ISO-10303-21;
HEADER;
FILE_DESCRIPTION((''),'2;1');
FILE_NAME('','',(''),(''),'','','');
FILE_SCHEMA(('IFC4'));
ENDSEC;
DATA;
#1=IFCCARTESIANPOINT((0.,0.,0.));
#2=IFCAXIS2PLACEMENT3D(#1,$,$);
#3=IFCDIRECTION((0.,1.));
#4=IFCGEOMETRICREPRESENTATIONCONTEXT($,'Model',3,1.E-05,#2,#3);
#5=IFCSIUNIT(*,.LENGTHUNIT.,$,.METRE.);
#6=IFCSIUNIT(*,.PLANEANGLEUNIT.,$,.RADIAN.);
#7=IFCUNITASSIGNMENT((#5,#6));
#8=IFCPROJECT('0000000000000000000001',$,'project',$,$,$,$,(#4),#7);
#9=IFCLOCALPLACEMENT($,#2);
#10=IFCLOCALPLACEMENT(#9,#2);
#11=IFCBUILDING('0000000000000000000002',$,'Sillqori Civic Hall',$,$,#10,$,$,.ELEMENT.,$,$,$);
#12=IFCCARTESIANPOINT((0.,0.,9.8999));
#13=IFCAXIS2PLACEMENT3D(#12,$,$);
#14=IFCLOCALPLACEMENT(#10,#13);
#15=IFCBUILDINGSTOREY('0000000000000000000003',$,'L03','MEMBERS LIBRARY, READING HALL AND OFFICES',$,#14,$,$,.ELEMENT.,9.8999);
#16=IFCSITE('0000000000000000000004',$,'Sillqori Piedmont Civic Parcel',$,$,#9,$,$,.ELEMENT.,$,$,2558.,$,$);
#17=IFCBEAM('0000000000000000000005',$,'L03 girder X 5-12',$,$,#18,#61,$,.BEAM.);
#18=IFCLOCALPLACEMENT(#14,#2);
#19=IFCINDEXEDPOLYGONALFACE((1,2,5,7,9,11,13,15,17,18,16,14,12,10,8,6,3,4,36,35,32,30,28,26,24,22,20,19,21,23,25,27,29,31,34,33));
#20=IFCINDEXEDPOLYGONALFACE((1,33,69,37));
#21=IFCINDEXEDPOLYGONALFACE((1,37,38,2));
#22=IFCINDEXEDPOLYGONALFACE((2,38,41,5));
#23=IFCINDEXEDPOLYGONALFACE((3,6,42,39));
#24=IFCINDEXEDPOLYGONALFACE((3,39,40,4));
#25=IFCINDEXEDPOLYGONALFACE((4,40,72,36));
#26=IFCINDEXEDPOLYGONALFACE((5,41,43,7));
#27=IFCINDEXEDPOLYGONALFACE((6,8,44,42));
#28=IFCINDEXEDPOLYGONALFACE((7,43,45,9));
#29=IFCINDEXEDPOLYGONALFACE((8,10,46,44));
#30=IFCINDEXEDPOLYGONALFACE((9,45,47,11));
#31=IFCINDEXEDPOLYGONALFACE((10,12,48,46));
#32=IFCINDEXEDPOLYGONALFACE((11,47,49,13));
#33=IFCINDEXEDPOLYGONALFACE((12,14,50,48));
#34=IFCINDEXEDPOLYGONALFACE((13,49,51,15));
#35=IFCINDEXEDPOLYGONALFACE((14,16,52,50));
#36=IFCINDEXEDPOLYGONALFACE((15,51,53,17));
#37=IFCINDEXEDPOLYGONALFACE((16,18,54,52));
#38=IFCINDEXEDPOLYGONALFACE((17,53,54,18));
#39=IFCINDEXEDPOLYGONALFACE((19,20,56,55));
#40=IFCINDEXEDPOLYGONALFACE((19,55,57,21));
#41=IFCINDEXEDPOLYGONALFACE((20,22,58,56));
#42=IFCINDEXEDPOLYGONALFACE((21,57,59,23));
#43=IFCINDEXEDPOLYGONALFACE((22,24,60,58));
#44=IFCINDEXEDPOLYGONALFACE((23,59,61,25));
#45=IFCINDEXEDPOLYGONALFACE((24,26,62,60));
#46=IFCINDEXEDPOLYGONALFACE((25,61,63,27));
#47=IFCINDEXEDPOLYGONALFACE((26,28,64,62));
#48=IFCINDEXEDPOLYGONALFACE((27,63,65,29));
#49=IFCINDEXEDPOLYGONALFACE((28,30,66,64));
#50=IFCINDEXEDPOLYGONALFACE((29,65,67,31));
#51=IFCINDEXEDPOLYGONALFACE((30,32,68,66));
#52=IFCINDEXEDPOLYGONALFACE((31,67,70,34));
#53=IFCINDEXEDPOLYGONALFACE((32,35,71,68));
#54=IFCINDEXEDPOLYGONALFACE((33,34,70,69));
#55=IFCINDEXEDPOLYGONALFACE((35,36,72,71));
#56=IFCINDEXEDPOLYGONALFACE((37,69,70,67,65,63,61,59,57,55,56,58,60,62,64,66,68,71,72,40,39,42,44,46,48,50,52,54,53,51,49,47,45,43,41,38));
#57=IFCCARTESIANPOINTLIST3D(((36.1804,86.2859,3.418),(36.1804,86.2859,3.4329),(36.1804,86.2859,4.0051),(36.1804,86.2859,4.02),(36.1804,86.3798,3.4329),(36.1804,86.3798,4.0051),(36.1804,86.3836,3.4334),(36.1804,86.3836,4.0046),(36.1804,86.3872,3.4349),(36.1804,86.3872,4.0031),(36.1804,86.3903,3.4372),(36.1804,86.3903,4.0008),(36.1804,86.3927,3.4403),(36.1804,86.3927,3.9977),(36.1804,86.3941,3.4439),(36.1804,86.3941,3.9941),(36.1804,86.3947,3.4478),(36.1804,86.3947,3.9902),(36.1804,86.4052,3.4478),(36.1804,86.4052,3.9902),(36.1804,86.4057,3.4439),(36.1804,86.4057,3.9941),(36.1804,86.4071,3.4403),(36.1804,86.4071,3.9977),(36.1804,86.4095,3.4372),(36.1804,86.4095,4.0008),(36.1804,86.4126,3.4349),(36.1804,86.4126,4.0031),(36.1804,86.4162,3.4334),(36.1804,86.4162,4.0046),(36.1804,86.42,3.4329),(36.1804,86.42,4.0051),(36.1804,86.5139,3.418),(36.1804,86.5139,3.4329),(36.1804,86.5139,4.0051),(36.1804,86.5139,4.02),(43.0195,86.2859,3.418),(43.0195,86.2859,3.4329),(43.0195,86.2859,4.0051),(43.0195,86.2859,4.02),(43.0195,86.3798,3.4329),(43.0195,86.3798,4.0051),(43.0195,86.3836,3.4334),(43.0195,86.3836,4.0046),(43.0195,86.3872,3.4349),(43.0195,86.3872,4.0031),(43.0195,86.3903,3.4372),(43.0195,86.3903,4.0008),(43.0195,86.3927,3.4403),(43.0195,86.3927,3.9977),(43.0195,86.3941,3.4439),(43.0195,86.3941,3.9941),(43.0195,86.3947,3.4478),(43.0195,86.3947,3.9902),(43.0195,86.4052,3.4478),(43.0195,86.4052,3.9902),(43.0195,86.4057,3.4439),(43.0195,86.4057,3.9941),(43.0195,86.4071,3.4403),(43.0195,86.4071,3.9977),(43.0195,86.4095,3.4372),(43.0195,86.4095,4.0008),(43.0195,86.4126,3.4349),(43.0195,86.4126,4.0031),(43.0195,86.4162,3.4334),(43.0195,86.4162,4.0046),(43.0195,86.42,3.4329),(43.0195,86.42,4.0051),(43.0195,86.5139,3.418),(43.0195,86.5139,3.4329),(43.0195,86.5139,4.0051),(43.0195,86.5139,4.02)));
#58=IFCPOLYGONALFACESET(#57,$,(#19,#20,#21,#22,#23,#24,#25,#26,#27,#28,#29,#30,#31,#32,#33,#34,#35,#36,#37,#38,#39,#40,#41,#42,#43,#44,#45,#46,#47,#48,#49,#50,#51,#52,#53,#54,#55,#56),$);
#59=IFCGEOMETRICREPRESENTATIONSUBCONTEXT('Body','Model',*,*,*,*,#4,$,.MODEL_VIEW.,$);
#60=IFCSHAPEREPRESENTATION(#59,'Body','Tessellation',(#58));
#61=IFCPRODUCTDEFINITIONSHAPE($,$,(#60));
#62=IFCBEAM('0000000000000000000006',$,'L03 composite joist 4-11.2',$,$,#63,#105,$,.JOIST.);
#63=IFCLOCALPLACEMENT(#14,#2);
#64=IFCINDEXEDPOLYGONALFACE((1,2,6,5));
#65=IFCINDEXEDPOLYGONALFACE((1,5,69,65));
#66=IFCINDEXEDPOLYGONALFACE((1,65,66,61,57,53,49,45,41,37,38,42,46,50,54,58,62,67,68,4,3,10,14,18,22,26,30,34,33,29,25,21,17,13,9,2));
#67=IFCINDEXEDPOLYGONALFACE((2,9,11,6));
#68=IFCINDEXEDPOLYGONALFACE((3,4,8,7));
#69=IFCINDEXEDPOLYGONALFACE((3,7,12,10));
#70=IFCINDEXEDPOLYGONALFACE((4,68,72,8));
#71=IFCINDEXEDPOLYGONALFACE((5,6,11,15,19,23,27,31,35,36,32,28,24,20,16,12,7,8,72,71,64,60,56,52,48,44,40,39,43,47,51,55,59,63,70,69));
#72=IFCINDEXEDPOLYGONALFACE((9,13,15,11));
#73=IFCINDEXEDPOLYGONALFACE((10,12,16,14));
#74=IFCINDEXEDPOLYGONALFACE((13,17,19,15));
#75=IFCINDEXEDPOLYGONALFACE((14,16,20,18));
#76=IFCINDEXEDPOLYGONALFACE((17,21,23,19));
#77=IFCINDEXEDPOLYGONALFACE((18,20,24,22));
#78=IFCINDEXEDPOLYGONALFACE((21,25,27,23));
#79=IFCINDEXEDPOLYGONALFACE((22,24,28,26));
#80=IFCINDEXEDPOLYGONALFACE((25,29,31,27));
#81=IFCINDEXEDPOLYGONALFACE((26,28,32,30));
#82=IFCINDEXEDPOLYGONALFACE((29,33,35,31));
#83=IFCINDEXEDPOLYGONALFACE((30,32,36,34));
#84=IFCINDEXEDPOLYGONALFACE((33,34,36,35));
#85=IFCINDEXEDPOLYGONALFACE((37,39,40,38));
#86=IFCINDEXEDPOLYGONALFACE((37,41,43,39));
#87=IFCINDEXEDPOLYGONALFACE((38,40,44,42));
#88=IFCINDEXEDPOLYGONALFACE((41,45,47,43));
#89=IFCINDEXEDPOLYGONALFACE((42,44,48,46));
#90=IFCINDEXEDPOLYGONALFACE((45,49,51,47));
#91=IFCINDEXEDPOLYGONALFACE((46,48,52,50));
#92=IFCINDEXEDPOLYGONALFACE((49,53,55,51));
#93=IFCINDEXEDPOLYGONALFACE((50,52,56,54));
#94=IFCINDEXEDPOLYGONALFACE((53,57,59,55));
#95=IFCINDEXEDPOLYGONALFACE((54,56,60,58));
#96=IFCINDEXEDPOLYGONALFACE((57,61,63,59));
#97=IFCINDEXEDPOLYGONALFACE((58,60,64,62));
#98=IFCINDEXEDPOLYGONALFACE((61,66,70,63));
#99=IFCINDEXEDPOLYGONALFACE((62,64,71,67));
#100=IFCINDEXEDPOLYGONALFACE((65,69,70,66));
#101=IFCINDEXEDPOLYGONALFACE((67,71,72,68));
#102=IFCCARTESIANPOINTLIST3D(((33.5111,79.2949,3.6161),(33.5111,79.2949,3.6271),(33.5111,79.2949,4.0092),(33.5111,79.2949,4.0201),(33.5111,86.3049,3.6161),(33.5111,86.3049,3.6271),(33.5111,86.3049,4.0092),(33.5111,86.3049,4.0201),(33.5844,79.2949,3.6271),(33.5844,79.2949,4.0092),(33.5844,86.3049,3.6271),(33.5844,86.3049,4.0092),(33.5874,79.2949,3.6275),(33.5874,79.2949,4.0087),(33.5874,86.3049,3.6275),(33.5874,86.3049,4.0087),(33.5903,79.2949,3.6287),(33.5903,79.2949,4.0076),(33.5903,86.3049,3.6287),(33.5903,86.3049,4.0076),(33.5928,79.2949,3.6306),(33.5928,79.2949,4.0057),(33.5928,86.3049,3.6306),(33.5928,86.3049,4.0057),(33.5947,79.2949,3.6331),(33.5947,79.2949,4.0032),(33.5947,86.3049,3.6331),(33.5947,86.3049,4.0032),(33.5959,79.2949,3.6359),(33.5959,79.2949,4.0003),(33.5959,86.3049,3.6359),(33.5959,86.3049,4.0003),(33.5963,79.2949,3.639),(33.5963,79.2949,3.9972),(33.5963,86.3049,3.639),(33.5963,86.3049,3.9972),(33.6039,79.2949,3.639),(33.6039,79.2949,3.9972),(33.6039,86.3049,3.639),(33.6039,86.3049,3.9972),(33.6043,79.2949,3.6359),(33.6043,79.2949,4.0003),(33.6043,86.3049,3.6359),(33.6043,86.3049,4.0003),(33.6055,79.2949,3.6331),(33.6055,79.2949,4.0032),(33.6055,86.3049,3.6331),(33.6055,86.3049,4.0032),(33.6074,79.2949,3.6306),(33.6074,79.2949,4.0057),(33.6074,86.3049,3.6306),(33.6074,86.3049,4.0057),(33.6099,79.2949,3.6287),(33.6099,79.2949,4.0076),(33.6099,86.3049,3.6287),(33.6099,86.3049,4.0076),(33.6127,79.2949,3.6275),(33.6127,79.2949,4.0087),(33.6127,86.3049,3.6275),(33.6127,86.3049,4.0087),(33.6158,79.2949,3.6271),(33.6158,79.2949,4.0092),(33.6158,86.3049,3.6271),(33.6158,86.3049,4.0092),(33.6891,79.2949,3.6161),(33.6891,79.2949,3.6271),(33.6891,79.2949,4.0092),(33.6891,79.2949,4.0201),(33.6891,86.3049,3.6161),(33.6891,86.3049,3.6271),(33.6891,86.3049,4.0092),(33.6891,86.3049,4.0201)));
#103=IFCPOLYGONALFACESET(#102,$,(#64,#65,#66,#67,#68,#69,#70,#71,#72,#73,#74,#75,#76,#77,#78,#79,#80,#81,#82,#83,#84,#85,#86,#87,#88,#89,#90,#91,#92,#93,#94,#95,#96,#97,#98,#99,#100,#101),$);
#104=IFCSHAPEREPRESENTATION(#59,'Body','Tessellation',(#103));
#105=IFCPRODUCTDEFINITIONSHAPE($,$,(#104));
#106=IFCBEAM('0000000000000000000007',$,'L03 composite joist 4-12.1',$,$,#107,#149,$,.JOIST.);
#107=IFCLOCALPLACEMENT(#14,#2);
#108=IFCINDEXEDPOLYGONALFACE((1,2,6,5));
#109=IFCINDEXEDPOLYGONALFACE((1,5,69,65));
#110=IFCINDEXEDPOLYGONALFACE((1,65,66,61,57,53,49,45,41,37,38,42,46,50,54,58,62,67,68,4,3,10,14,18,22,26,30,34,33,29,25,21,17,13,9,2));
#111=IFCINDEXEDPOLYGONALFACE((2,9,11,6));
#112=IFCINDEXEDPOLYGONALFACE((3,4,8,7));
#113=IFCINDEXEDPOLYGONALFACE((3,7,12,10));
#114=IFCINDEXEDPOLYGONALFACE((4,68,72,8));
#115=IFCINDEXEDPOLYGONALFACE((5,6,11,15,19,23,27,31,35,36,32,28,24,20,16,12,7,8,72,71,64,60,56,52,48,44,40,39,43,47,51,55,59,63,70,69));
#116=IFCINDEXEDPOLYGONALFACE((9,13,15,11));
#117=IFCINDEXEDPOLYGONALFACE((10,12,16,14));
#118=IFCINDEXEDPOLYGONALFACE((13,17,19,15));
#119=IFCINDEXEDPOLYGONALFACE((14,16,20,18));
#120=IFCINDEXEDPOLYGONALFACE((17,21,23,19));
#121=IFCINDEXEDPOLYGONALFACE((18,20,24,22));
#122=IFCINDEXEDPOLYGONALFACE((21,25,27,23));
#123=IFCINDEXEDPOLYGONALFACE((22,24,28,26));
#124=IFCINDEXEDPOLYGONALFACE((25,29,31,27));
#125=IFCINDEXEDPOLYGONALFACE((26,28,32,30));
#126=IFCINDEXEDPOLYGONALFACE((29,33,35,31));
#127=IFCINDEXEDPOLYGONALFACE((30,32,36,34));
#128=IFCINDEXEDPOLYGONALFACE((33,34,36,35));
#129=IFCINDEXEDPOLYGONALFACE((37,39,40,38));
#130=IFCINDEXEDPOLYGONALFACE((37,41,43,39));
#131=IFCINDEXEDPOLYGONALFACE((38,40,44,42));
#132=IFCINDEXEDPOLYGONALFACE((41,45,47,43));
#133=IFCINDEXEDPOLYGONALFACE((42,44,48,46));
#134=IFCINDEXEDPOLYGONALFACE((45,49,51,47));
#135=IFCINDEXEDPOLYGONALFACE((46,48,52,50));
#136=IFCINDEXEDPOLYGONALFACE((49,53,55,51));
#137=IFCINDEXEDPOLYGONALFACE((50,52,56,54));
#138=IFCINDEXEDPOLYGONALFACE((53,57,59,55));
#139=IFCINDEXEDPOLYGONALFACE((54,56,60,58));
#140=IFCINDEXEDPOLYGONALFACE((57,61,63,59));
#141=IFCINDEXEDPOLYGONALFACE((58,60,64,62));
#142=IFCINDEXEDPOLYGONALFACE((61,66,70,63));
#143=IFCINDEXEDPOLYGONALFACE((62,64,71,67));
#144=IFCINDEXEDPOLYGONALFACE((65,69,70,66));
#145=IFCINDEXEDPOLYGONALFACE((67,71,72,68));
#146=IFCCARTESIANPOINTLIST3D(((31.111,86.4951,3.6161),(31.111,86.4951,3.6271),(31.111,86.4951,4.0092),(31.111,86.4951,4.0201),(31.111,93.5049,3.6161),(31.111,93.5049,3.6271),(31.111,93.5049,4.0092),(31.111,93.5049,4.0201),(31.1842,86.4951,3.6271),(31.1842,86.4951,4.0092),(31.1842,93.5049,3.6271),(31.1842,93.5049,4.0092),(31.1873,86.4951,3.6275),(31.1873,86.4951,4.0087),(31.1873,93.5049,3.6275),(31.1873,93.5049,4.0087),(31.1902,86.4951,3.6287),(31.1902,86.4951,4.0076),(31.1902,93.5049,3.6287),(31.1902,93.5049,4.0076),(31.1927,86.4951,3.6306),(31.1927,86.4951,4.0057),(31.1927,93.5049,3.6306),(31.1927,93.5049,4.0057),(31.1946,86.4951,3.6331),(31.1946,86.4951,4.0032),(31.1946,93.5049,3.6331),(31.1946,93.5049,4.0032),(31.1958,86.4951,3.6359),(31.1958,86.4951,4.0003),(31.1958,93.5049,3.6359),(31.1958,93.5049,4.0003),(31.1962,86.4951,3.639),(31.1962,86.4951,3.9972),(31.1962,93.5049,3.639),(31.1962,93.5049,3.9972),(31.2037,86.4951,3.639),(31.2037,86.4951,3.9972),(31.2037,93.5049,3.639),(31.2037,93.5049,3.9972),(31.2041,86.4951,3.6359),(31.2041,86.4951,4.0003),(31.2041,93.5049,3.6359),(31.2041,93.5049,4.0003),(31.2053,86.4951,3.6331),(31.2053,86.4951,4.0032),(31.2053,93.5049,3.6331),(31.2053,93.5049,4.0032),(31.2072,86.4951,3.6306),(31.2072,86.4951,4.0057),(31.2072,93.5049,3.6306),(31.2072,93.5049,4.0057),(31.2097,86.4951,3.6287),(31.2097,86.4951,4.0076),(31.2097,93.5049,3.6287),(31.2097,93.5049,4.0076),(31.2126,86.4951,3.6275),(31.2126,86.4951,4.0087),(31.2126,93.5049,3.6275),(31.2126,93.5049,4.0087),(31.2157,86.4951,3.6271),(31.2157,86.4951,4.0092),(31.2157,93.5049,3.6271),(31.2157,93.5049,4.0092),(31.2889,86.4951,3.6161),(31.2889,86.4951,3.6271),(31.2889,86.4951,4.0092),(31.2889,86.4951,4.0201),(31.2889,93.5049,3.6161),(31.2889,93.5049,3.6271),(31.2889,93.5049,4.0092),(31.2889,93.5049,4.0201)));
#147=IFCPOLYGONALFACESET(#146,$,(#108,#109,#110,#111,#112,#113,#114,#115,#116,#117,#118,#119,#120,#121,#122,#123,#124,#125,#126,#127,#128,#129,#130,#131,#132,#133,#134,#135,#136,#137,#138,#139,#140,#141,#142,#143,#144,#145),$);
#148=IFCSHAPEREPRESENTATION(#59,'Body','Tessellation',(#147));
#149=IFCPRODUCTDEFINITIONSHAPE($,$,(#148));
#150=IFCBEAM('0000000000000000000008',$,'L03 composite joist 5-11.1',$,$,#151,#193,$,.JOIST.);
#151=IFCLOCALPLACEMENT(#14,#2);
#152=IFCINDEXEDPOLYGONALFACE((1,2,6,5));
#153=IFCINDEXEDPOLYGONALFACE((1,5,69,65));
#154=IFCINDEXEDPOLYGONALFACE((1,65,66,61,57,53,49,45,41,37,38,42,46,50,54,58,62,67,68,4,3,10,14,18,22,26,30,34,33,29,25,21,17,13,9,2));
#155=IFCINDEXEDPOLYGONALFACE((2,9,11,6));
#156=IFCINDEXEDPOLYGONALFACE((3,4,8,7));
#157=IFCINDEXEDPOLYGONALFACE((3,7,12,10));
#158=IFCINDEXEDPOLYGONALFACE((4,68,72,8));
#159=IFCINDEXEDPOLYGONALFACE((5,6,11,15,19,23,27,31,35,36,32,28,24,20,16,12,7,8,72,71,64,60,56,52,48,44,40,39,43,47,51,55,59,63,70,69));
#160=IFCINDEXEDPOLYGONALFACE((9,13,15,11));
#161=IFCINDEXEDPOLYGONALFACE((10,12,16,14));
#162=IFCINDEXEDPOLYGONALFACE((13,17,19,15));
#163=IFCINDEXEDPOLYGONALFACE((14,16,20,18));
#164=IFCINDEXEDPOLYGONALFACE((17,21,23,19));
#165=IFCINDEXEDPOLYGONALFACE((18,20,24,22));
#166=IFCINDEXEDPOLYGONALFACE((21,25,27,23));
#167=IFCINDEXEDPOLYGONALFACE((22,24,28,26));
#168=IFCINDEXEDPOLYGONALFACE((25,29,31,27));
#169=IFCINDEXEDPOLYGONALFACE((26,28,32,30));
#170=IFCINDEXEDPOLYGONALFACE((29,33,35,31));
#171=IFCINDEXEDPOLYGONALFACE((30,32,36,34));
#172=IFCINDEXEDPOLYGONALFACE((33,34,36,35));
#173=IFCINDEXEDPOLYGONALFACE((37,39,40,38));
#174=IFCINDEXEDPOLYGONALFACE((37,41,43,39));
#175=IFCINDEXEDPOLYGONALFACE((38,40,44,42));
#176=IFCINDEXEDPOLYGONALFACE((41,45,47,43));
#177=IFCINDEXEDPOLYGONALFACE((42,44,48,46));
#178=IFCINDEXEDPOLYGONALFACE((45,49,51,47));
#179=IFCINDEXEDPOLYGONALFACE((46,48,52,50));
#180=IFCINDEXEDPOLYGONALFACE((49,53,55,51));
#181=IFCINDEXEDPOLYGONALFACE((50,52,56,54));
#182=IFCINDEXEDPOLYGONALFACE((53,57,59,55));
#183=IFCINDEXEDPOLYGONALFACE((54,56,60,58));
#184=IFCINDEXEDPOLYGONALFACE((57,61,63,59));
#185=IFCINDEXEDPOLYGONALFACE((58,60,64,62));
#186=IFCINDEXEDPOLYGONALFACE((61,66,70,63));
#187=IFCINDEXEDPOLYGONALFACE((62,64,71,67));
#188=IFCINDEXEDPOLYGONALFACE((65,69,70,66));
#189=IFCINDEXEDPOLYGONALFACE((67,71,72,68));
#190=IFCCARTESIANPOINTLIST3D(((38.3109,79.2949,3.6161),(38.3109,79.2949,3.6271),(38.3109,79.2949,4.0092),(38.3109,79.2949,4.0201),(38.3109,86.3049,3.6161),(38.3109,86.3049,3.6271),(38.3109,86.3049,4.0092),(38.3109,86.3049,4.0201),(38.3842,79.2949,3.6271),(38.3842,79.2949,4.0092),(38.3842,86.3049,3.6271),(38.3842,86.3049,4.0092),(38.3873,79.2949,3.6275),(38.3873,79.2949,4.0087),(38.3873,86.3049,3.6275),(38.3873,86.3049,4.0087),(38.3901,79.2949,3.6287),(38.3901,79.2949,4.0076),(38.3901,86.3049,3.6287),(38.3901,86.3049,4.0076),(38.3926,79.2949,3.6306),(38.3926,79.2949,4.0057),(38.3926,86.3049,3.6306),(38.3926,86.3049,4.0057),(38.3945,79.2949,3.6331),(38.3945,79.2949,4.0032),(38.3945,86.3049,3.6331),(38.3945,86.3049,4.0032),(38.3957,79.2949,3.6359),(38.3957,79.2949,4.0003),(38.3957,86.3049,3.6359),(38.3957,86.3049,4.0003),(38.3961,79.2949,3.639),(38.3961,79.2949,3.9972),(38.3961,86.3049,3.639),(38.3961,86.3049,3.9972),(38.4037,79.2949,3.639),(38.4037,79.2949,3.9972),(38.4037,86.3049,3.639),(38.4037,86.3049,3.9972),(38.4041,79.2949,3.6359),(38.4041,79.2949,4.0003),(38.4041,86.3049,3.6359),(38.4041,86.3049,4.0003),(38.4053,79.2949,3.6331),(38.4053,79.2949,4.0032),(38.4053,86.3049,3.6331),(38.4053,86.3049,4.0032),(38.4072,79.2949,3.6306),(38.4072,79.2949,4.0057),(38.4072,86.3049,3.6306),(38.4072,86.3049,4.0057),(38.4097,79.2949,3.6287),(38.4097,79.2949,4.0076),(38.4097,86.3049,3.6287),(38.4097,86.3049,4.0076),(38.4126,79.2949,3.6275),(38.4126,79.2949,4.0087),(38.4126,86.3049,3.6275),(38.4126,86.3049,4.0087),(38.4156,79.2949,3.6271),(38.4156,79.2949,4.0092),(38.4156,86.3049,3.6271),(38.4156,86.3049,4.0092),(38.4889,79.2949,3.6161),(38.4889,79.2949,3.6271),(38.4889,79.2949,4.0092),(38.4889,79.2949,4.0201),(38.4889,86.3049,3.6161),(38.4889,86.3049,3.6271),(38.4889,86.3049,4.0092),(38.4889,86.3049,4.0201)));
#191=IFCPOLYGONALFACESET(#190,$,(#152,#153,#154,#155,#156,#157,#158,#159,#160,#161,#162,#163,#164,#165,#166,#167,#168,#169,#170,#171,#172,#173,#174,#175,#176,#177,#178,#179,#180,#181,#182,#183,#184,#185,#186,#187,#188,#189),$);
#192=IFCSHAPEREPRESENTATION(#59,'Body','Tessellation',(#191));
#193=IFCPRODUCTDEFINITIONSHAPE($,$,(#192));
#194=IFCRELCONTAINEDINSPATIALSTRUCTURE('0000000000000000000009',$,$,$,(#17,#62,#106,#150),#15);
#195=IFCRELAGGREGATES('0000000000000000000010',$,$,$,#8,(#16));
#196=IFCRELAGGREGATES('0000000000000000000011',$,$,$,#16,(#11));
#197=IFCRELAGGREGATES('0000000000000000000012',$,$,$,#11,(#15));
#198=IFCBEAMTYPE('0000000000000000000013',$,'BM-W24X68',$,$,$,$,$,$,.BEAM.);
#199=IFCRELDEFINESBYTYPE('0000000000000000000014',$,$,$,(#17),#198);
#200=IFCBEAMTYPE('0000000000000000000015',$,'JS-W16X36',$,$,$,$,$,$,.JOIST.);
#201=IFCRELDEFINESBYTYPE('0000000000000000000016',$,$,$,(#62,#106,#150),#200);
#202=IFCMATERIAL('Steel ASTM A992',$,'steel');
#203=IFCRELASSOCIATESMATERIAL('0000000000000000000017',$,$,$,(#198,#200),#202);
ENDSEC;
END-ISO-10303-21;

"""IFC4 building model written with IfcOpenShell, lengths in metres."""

from ifc_helpers import new_model, si_unit, direction, frame, origin, origin_2d, place, context, subcontext, project, spatial, i_section, extrude, material, material_profile, profile_set, type_object, element, save


model = new_model("IFC4")

# Units and contexts
model_context = context("Model", 3, precision=1e-05, world=origin(), true_north=direction((0.0, 1.0)))
body_context = subcontext(model_context, "Body", "Model", "MODEL_VIEW")
ifc_project = project(units=[si_unit("LENGTHUNIT", "METRE"), si_unit("PLANEANGLEUNIT", "RADIAN")], contexts=[model_context])

# Site, building, storey
site_placement = place(None, origin())
site = spatial("IfcSite", under=ifc_project, at=site_placement, Name="Sillqori Piedmont Civic Parcel", CompositionType="ELEMENT", RefElevation=2558.0)
building_placement = place(site_placement, origin())
building = spatial("IfcBuilding", under=site, at=building_placement, Name="Sillqori Civic Hall", CompositionType="ELEMENT")
storey_placement = place(building_placement, frame((0.0, 0.0, 9.8999)))
storey = spatial("IfcBuildingStorey", under=building, at=storey_placement, Name="L03", Description="MEMBERS LIBRARY, READING HALL AND OFFICES", CompositionType="ELEMENT", Elevation=9.8999)

# Shared definitions
ifc_material_1 = material(Name="Steel ASTM A992", Category="steel")

# Beam
ifc_material_profile_1 = material_profile(ifc_material_1, i_section(OverallWidth=0.228, OverallDepth=0.6021, WebThickness=0.0105, FlangeThickness=0.0149, FilletRadius=0.0149, at=origin_2d()), Name="W24X68")
ifc_profile_set_1 = profile_set([ifc_material_profile_1], Name="Steel ASTM A992")
beam_type_1 = type_object("IfcBeamType", Name="BM-W24X68", PredefinedType="BEAM", material=ifc_profile_set_1)
beam_1_placement = place(storey_placement, frame((36.1804, 86.3999, 3.719), z_axis=(1.0, 0.0, 0.0), x_axis=(0.0, 1.0, 0.0)))
element("IfcBeam", 1, at=beam_1_placement, inside=storey, type_object=beam_type_1, Name="L03 girder X 5-12", PredefinedType="BEAM", context=body_context, shape_type="SweptSolid", body=[
    extrude(i_section(OverallWidth=0.228, OverallDepth=0.6021, WebThickness=0.0105, FlangeThickness=0.0149, FilletRadius=0.0149, at=origin_2d()), origin(), (0.0, 0.0, 1.0), 6.8391),
])

# Beams
ifc_material_profile_2 = material_profile(ifc_material_1, i_section(OverallWidth=0.178, OverallDepth=0.4041, WebThickness=0.0076, FlangeThickness=0.011, FilletRadius=0.012, at=origin_2d()), Name="W16X36")
ifc_profile_set_2 = profile_set([ifc_material_profile_2], Name="Steel ASTM A992")
beam_type_2 = type_object("IfcBeamType", Name="JS-W16X36", PredefinedType="JOIST", material=ifc_profile_set_2)
beam_2_placement = place(storey_placement, frame((33.6001, 79.2949, 3.8181), z_axis=(0.0, 1.0, 0.0), x_axis=(-1.0, 0.0, 0.0)))
element("IfcBeam", 2, at=beam_2_placement, inside=storey, type_object=beam_type_2, Name="L03 composite joist 4-11.2", PredefinedType="JOIST", context=body_context, shape_type="SweptSolid", body=[
    extrude(i_section(OverallWidth=0.178, OverallDepth=0.4041, WebThickness=0.0076, FlangeThickness=0.011, FilletRadius=0.012, at=origin_2d()), origin(), (0.0, 0.0, 1.0), 7.01),
])
beam_3_placement = place(storey_placement, frame((31.2, 86.4951, 3.8181), z_axis=(0.0, 1.0, 0.0), x_axis=(-1.0, 0.0, 0.0)))
element("IfcBeam", 3, at=beam_3_placement, inside=storey, type_object=beam_type_2, Name="L03 composite joist 4-12.1", PredefinedType="JOIST", context=body_context, shape_type="SweptSolid", body=[
    extrude(i_section(OverallWidth=0.178, OverallDepth=0.4041, WebThickness=0.0076, FlangeThickness=0.011, FilletRadius=0.012, at=origin_2d()), origin(), (0.0, 0.0, 1.0), 7.0098),
])
beam_4_placement = place(storey_placement, frame((38.3999, 79.2949, 3.8181), z_axis=(0.0, 1.0, 0.0), x_axis=(-1.0, 0.0, 0.0)))
element("IfcBeam", 4, at=beam_4_placement, inside=storey, type_object=beam_type_2, Name="L03 composite joist 5-11.1", PredefinedType="JOIST", context=body_context, shape_type="SweptSolid", body=[
    extrude(i_section(OverallWidth=0.178, OverallDepth=0.4041, WebThickness=0.0076, FlangeThickness=0.011, FilletRadius=0.012, at=origin_2d()), origin(), (0.0, 0.0, 1.0), 7.01),
])

save(model, "model.ifc")
